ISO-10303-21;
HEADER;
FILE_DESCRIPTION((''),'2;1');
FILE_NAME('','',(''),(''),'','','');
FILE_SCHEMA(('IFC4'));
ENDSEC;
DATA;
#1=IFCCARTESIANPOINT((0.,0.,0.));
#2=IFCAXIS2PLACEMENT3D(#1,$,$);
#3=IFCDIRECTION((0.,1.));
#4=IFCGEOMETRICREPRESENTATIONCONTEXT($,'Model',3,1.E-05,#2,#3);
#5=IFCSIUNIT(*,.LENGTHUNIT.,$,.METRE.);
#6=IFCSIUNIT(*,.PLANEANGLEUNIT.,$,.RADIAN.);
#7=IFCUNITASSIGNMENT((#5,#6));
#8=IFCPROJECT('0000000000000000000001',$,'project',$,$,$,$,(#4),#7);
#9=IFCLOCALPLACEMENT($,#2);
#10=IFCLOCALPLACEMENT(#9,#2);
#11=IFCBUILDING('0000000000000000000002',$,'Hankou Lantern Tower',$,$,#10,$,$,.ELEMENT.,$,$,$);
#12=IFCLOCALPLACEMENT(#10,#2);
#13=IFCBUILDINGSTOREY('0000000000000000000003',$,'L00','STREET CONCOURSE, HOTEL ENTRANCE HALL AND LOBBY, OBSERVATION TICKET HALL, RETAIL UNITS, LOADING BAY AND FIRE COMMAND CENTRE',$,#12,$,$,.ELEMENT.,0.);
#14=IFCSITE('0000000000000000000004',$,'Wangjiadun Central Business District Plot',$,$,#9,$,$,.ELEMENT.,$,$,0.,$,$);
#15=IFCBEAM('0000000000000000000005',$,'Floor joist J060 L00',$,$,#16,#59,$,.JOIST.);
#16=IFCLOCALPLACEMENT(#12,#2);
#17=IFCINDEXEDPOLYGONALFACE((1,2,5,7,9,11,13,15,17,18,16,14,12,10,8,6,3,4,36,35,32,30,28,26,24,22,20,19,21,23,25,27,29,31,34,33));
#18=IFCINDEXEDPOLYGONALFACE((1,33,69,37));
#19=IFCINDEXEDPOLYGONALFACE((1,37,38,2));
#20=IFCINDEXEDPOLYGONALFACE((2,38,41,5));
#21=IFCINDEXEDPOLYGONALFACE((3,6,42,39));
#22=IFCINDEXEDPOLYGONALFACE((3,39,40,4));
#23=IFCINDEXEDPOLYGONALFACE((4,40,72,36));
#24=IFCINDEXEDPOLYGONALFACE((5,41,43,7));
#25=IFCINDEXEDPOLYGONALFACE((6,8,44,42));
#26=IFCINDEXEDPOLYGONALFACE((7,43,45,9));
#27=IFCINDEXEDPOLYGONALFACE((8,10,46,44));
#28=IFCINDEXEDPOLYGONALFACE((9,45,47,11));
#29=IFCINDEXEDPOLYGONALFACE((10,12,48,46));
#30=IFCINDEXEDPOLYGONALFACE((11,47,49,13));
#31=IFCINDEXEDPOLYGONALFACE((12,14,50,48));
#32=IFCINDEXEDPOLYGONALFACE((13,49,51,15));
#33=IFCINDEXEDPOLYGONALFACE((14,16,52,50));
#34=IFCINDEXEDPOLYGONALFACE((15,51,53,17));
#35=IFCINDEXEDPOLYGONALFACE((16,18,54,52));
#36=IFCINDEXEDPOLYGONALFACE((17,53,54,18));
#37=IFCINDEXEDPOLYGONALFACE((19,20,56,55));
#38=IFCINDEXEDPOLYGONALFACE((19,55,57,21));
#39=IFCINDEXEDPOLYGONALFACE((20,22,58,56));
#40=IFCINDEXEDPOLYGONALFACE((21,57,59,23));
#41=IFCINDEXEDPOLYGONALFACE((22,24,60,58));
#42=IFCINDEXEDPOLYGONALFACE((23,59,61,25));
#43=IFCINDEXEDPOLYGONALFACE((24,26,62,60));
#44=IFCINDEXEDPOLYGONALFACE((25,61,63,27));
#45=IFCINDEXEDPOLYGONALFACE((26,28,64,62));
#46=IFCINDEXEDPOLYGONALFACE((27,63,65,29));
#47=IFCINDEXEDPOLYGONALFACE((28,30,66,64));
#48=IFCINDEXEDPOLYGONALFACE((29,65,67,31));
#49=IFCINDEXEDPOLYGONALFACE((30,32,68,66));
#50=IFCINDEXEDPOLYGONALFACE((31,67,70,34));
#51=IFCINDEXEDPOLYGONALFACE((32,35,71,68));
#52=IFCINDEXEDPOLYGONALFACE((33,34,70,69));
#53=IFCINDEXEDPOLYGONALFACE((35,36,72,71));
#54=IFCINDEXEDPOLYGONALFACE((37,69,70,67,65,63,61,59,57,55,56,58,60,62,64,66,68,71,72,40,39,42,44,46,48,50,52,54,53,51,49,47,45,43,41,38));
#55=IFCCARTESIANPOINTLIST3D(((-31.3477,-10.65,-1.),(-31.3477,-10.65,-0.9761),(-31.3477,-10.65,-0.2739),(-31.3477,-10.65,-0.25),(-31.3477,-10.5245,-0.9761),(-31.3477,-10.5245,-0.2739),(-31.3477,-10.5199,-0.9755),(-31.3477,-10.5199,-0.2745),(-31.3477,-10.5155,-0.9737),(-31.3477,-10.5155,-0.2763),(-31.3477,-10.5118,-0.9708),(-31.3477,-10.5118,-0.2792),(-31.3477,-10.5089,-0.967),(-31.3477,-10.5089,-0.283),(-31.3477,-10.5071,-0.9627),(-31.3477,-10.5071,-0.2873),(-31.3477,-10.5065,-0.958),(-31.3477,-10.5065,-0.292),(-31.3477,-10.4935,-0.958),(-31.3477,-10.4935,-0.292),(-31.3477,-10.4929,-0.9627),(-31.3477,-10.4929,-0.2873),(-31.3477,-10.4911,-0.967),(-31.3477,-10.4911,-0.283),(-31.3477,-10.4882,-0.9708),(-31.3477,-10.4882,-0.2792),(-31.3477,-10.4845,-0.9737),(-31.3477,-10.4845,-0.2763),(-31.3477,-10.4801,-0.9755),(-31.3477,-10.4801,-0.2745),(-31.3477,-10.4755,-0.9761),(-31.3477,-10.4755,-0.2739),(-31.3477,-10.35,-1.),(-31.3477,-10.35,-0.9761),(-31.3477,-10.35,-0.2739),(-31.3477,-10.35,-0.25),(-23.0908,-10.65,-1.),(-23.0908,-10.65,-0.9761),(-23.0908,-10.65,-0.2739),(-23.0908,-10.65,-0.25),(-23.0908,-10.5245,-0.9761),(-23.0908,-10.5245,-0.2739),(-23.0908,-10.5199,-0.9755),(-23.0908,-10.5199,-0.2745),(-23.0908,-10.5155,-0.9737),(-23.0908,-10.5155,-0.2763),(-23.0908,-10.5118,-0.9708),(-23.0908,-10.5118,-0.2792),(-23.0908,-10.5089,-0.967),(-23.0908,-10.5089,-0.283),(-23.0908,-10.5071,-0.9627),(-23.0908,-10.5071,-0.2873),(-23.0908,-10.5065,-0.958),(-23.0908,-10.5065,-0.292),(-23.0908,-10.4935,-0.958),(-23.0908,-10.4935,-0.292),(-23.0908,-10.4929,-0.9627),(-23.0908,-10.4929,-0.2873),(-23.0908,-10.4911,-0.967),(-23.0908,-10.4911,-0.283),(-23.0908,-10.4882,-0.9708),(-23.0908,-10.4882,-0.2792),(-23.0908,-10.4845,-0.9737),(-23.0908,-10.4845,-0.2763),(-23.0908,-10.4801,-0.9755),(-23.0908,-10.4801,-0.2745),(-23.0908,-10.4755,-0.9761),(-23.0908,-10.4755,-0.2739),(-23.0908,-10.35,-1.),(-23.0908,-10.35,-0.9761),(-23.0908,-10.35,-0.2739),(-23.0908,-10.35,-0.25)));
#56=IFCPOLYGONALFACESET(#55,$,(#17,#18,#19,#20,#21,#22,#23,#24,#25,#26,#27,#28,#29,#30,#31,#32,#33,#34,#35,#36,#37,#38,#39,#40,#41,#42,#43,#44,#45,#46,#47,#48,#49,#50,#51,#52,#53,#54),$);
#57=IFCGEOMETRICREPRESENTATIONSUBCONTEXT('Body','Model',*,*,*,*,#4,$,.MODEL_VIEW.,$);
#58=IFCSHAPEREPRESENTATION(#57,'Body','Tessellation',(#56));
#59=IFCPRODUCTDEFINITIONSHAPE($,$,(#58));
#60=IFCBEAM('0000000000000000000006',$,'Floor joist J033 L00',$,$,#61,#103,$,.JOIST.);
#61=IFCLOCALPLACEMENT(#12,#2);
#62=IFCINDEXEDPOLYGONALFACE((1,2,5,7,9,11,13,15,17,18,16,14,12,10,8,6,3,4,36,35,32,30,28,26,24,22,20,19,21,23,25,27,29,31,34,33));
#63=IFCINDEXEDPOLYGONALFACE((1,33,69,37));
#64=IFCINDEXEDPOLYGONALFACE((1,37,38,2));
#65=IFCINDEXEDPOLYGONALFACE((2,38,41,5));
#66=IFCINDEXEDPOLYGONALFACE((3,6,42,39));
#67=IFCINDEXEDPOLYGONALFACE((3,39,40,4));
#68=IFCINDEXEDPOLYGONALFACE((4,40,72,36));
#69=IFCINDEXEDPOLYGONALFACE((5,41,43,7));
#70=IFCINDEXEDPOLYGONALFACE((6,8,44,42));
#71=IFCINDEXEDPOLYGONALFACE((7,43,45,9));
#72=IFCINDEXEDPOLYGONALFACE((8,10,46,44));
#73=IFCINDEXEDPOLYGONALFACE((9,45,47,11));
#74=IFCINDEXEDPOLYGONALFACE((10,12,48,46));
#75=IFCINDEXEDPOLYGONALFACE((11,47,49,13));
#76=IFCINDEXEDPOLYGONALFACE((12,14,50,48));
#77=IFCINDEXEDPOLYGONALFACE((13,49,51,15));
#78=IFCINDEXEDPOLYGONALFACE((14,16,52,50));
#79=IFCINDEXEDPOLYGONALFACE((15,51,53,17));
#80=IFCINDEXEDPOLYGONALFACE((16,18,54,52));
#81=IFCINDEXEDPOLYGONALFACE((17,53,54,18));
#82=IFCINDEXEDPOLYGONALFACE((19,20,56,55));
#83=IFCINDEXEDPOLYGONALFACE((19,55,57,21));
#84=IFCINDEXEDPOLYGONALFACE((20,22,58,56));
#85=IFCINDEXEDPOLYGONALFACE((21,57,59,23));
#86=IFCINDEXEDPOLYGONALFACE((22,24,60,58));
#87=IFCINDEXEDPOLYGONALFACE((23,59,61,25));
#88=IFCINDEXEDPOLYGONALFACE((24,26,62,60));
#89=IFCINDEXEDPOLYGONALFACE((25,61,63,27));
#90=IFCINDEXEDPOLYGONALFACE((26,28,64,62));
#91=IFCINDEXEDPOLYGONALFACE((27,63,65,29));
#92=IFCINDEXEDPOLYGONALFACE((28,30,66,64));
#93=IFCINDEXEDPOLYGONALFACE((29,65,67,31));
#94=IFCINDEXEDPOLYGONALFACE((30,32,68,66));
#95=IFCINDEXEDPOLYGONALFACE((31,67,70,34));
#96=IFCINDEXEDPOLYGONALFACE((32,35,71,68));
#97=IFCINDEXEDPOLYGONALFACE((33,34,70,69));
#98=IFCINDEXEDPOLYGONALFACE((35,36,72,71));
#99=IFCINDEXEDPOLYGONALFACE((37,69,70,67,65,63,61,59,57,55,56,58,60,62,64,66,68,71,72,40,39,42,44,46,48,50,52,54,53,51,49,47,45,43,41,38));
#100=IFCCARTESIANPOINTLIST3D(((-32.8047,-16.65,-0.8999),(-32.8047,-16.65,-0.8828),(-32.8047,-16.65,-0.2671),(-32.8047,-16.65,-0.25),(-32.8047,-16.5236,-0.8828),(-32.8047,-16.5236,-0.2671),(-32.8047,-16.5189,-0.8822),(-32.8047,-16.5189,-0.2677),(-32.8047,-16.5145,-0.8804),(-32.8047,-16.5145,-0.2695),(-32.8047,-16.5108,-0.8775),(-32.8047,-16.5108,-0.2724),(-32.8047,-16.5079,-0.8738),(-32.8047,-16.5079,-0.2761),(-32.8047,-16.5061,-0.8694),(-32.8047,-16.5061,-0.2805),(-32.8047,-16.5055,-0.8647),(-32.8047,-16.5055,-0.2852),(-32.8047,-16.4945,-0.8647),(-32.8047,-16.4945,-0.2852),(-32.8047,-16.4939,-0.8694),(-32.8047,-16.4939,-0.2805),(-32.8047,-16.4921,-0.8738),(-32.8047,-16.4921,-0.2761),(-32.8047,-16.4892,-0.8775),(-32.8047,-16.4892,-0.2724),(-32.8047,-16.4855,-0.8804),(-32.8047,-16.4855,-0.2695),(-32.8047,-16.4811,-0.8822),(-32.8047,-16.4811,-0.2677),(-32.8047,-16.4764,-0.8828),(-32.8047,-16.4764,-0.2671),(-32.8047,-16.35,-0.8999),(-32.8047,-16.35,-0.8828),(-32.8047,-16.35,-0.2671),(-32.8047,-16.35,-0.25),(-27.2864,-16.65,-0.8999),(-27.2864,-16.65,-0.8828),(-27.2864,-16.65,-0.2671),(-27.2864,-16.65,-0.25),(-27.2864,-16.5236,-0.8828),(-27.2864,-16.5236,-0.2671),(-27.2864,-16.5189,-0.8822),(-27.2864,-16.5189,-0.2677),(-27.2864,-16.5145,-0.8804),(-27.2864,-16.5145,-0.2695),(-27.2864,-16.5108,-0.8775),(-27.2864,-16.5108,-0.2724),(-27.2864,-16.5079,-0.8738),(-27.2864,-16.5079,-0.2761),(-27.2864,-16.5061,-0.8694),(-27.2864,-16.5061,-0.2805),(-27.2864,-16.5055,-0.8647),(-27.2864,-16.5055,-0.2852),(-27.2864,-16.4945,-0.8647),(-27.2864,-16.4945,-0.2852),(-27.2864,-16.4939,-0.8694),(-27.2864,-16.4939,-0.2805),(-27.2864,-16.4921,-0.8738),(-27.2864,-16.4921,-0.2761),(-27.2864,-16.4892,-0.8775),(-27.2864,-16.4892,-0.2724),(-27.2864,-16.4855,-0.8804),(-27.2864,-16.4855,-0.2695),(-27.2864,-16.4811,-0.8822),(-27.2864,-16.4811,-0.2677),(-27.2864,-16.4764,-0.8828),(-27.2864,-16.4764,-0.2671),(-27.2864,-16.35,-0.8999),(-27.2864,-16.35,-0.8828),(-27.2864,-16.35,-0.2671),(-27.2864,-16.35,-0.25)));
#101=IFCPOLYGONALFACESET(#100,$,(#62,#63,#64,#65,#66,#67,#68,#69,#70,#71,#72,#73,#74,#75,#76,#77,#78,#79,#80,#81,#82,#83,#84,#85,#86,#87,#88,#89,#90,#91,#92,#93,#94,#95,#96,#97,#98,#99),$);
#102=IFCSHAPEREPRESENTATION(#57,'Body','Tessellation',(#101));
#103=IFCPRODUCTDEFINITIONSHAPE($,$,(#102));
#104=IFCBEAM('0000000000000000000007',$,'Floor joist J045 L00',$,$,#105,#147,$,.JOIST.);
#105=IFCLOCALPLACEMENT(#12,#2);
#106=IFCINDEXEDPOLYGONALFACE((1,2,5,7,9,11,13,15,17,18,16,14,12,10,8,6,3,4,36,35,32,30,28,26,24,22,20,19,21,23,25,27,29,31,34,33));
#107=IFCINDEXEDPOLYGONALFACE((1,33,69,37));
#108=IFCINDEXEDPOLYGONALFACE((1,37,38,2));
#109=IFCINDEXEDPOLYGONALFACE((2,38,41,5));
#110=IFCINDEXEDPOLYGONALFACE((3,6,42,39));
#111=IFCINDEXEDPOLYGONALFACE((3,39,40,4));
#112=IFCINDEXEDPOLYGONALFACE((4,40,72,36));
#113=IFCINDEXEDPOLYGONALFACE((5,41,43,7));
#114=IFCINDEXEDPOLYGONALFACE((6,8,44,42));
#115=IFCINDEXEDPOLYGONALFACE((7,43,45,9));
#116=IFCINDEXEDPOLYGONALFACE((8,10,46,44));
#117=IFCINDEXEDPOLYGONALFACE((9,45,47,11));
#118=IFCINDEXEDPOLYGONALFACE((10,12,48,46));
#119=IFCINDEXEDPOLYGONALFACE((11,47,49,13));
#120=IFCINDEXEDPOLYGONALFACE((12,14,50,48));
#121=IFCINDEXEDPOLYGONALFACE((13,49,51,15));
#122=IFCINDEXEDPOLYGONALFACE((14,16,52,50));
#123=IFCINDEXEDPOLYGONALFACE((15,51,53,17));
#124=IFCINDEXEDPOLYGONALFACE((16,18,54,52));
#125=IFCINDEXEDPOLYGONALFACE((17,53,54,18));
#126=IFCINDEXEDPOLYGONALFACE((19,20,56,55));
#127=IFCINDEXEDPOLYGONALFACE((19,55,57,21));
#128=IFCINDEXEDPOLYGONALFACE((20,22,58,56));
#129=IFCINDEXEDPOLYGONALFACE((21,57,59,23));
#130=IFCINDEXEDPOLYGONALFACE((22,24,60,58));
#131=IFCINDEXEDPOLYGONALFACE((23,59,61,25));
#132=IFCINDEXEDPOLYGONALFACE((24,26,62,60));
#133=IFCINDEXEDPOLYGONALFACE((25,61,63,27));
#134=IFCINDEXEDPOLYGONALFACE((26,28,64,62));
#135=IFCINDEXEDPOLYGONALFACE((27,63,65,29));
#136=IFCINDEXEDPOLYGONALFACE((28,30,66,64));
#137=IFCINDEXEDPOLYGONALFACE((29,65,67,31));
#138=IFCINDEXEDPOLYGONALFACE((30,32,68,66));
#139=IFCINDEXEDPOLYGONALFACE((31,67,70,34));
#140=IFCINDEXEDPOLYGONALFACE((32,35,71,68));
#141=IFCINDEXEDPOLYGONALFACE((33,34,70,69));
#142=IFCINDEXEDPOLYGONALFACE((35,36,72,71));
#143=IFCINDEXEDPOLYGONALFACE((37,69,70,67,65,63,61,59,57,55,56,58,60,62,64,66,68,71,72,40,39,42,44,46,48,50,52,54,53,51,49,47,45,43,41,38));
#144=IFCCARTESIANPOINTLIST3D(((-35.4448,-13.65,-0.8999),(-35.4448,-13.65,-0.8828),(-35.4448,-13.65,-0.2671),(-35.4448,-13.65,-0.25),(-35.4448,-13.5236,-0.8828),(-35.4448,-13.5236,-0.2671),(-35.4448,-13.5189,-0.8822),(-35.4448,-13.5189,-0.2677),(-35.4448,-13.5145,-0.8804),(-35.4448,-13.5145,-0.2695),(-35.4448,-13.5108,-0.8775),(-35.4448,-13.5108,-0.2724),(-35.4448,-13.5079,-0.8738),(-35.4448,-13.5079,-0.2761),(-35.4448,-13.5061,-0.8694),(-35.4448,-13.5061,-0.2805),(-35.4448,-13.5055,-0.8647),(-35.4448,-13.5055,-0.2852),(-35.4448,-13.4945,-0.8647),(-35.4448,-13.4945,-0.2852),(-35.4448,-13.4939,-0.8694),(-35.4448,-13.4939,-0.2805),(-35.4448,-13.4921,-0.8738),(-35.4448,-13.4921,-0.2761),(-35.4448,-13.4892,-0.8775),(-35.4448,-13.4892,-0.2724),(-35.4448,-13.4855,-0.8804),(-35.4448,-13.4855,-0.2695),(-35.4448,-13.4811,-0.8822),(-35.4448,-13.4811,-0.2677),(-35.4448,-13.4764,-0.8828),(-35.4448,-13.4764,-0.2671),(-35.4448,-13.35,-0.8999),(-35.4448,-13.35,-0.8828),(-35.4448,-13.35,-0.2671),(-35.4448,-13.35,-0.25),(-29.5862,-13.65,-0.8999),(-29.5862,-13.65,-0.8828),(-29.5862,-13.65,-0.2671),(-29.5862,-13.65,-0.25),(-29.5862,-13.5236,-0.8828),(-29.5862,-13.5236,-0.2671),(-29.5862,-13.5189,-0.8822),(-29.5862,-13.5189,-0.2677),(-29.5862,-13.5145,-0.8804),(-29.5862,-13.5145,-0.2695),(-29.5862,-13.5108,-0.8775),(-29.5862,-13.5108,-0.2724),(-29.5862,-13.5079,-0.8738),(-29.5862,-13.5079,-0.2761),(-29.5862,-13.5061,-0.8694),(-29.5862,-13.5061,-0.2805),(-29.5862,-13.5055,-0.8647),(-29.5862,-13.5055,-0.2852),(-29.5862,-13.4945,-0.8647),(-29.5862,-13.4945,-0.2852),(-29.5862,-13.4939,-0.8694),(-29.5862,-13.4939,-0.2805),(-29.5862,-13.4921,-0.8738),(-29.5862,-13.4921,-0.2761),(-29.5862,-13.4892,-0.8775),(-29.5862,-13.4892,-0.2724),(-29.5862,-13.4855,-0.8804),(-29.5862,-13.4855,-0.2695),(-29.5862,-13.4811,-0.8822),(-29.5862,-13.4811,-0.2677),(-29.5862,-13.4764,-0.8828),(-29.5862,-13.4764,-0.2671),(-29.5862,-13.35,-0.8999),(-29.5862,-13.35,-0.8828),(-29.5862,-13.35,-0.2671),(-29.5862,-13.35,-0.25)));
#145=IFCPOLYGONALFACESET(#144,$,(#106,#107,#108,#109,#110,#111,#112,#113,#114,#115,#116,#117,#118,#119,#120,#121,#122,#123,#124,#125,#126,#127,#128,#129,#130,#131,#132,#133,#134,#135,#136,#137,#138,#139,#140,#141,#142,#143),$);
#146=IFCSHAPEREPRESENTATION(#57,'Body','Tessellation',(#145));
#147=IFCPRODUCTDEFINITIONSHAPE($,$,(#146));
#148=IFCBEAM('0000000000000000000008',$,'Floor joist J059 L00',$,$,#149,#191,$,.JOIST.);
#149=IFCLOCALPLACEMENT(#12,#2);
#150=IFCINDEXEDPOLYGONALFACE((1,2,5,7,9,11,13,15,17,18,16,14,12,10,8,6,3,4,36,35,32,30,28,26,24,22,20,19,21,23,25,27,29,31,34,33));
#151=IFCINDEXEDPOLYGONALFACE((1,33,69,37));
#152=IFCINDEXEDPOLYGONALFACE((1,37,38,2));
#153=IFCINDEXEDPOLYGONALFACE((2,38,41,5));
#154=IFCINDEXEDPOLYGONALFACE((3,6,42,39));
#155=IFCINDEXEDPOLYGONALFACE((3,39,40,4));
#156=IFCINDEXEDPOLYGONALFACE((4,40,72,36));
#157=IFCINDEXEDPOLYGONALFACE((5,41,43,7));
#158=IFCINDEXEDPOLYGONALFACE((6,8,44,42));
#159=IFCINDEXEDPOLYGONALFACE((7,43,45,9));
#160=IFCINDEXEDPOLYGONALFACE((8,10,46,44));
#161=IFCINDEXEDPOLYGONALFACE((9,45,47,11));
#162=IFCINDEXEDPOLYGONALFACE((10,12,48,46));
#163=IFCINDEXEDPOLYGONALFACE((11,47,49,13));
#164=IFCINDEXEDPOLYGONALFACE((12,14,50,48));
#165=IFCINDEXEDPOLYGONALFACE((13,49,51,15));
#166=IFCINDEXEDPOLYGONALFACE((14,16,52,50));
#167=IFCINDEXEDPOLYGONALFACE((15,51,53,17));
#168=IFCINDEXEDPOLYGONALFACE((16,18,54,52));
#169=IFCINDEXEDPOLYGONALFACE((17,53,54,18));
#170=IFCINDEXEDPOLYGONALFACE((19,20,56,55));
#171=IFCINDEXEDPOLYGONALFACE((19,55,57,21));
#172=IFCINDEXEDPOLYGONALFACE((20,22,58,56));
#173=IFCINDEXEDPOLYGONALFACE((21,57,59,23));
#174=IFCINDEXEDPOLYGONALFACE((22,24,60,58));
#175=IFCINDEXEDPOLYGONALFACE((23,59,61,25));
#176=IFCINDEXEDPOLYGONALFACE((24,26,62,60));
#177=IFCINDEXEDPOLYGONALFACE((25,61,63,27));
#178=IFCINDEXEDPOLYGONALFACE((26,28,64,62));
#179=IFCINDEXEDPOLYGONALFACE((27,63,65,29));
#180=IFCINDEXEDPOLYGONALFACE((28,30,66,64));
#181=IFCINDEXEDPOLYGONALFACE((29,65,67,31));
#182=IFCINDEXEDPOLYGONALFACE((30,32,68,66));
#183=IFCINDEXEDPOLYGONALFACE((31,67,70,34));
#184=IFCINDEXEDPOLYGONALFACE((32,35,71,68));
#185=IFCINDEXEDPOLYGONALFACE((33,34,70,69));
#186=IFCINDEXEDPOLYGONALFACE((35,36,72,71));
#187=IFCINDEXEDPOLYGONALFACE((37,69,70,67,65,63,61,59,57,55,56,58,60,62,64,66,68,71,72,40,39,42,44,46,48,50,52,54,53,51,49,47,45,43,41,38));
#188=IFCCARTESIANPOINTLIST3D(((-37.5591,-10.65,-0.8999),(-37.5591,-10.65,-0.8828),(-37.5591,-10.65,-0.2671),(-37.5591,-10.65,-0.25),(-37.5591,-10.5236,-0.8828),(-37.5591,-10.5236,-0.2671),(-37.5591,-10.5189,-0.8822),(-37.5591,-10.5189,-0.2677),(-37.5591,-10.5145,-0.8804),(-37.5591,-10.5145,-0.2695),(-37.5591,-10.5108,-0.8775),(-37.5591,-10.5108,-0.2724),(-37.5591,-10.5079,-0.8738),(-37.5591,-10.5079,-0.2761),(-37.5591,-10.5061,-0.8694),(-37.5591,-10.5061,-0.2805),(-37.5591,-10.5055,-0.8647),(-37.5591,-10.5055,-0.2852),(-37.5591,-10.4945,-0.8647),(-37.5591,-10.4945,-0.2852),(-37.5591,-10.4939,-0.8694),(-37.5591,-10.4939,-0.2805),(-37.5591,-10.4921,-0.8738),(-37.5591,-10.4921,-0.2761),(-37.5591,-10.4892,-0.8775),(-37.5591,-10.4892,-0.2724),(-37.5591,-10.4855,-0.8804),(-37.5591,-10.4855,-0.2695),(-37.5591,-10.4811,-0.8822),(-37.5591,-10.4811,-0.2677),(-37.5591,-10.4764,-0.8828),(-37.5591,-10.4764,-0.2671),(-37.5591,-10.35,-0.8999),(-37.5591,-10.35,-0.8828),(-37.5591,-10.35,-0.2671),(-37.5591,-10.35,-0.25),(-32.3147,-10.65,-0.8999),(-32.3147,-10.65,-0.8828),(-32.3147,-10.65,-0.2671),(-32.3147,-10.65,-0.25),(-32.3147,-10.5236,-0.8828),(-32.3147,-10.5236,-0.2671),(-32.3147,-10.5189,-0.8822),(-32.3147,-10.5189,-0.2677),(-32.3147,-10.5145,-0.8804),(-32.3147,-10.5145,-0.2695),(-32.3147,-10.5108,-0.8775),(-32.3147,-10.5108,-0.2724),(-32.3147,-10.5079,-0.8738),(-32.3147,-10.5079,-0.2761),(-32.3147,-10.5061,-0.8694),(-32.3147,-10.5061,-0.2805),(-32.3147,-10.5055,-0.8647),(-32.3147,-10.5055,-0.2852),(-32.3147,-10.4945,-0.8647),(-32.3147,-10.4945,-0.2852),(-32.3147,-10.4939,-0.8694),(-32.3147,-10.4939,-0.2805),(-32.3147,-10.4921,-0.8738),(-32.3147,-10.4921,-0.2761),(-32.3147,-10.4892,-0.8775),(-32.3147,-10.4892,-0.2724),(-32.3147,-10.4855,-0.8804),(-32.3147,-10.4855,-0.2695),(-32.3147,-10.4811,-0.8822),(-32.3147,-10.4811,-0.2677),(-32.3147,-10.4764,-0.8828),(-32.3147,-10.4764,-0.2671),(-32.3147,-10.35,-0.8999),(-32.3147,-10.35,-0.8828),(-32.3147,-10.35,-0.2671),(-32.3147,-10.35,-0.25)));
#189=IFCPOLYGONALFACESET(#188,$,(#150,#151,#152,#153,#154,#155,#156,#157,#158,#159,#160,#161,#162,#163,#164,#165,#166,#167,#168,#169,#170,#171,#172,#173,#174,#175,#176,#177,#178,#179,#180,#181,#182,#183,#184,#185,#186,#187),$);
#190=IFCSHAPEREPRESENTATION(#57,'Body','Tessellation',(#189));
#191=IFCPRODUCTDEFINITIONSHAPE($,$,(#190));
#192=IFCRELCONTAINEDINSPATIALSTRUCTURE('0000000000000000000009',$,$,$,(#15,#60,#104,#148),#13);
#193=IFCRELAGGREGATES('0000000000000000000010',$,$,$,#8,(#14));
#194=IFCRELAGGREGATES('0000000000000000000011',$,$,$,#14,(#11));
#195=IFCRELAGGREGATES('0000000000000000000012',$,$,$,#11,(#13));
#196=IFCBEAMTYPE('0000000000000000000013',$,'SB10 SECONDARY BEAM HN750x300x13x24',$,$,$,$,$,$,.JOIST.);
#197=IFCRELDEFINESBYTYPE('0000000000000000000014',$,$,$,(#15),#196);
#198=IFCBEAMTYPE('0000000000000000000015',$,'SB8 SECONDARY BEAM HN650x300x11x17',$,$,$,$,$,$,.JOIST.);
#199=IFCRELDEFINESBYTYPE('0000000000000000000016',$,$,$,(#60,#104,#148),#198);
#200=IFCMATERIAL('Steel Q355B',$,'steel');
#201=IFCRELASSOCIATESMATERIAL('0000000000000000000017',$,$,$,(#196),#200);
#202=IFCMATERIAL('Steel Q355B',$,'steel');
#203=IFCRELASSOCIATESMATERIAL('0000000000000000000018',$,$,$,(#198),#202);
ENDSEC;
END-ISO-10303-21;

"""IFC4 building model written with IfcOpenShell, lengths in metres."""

from ifc_helpers import new_model, si_unit, direction, frame, origin, origin_2d, place, context, subcontext, project, spatial, i_section, extrude, material, material_profile, profile_set, type_object, element, save


model = new_model("IFC4")

# Units and contexts
model_context = context("Model", 3, precision=1e-05, world=origin(), true_north=direction((0.0, 1.0)))
body_context = subcontext(model_context, "Body", "Model", "MODEL_VIEW")
ifc_project = project(units=[si_unit("LENGTHUNIT", "METRE"), si_unit("PLANEANGLEUNIT", "RADIAN")], contexts=[model_context])

# Site, building, storey
site_placement = place(None, origin())
site = spatial("IfcSite", under=ifc_project, at=site_placement, Name="Wangjiadun Central Business District Plot", CompositionType="ELEMENT", RefElevation=0.0)
building_placement = place(site_placement, origin())
building = spatial("IfcBuilding", under=site, at=building_placement, Name="Hankou Lantern Tower", CompositionType="ELEMENT")
storey_placement = place(building_placement, origin())
storey = spatial("IfcBuildingStorey", under=building, at=storey_placement, Name="L00", Description="STREET CONCOURSE, HOTEL ENTRANCE HALL AND LOBBY, OBSERVATION TICKET HALL, RETAIL UNITS, LOADING BAY AND FIRE COMMAND CENTRE", CompositionType="ELEMENT", Elevation=0.0)

# Beams
ifc_material_1 = material(Name="Steel Q355B", Category="steel")
ifc_material_profile_1 = material_profile(ifc_material_1, i_section(OverallWidth=0.3, OverallDepth=0.75, WebThickness=0.0129, FlangeThickness=0.0239, FilletRadius=0.0181, at=origin_2d()), Name="HN750x300x13x24")
ifc_profile_set_1 = profile_set([ifc_material_profile_1], Name="Steel Q355B")
beam_type_1 = type_object("IfcBeamType", Name="SB10 SECONDARY BEAM HN750x300x13x24", PredefinedType="JOIST", material=ifc_profile_set_1)
beam_1_placement = place(storey_placement, frame((-31.3477, -10.5, -0.625), z_axis=(1.0, 0.0, 0.0), x_axis=(0.0, 1.0, 0.0)))
element("IfcBeam", 1, at=beam_1_placement, inside=storey, type_object=beam_type_1, Name="Floor joist J060 L00", PredefinedType="JOIST", context=body_context, shape_type="SweptSolid", body=[
    extrude(i_section(OverallWidth=0.3, OverallDepth=0.75, WebThickness=0.0129, FlangeThickness=0.0239, FilletRadius=0.0181, at=origin_2d()), origin(), (0.0, 0.0, 1.0), 8.2568),
])
ifc_material_2 = material(Name="Steel Q355B", Category="steel")
ifc_material_profile_2 = material_profile(ifc_material_2, i_section(OverallWidth=0.3, OverallDepth=0.6499, WebThickness=0.011, FlangeThickness=0.0171, FilletRadius=0.0181, at=origin_2d()), Name="HN650x300x11x17")
ifc_profile_set_2 = profile_set([ifc_material_profile_2], Name="Steel Q355B")
beam_type_2 = type_object("IfcBeamType", Name="SB8 SECONDARY BEAM HN650x300x11x17", PredefinedType="JOIST", material=ifc_profile_set_2)
beam_2_placement = place(storey_placement, frame((-32.8047, -16.5, -0.575), z_axis=(1.0, 0.0, 0.0), x_axis=(0.0, 1.0, 0.0)))
element("IfcBeam", 2, at=beam_2_placement, inside=storey, type_object=beam_type_2, Name="Floor joist J033 L00", PredefinedType="JOIST", context=body_context, shape_type="SweptSolid", body=[
    extrude(i_section(OverallWidth=0.3, OverallDepth=0.6499, WebThickness=0.011, FlangeThickness=0.0171, FilletRadius=0.0181, at=origin_2d()), origin(), (0.0, 0.0, 1.0), 5.5183),
])
beam_3_placement = place(storey_placement, frame((-35.4448, -13.5, -0.575), z_axis=(1.0, 0.0, 0.0), x_axis=(0.0, 1.0, 0.0)))
element("IfcBeam", 3, at=beam_3_placement, inside=storey, type_object=beam_type_2, Name="Floor joist J045 L00", PredefinedType="JOIST", context=body_context, shape_type="SweptSolid", body=[
    extrude(i_section(OverallWidth=0.3, OverallDepth=0.6499, WebThickness=0.011, FlangeThickness=0.0171, FilletRadius=0.0181, at=origin_2d()), origin(), (0.0, 0.0, 1.0), 5.8586),
])
beam_4_placement = place(storey_placement, frame((-37.5591, -10.5, -0.575), z_axis=(1.0, 0.0, 0.0), x_axis=(0.0, 1.0, 0.0)))
element("IfcBeam", 4, at=beam_4_placement, inside=storey, type_object=beam_type_2, Name="Floor joist J059 L00", PredefinedType="JOIST", context=body_context, shape_type="SweptSolid", body=[
    extrude(i_section(OverallWidth=0.3, OverallDepth=0.6499, WebThickness=0.011, FlangeThickness=0.0171, FilletRadius=0.0181, at=origin_2d()), origin(), (0.0, 0.0, 1.0), 5.2444),
])

save(model, "model.ifc")
